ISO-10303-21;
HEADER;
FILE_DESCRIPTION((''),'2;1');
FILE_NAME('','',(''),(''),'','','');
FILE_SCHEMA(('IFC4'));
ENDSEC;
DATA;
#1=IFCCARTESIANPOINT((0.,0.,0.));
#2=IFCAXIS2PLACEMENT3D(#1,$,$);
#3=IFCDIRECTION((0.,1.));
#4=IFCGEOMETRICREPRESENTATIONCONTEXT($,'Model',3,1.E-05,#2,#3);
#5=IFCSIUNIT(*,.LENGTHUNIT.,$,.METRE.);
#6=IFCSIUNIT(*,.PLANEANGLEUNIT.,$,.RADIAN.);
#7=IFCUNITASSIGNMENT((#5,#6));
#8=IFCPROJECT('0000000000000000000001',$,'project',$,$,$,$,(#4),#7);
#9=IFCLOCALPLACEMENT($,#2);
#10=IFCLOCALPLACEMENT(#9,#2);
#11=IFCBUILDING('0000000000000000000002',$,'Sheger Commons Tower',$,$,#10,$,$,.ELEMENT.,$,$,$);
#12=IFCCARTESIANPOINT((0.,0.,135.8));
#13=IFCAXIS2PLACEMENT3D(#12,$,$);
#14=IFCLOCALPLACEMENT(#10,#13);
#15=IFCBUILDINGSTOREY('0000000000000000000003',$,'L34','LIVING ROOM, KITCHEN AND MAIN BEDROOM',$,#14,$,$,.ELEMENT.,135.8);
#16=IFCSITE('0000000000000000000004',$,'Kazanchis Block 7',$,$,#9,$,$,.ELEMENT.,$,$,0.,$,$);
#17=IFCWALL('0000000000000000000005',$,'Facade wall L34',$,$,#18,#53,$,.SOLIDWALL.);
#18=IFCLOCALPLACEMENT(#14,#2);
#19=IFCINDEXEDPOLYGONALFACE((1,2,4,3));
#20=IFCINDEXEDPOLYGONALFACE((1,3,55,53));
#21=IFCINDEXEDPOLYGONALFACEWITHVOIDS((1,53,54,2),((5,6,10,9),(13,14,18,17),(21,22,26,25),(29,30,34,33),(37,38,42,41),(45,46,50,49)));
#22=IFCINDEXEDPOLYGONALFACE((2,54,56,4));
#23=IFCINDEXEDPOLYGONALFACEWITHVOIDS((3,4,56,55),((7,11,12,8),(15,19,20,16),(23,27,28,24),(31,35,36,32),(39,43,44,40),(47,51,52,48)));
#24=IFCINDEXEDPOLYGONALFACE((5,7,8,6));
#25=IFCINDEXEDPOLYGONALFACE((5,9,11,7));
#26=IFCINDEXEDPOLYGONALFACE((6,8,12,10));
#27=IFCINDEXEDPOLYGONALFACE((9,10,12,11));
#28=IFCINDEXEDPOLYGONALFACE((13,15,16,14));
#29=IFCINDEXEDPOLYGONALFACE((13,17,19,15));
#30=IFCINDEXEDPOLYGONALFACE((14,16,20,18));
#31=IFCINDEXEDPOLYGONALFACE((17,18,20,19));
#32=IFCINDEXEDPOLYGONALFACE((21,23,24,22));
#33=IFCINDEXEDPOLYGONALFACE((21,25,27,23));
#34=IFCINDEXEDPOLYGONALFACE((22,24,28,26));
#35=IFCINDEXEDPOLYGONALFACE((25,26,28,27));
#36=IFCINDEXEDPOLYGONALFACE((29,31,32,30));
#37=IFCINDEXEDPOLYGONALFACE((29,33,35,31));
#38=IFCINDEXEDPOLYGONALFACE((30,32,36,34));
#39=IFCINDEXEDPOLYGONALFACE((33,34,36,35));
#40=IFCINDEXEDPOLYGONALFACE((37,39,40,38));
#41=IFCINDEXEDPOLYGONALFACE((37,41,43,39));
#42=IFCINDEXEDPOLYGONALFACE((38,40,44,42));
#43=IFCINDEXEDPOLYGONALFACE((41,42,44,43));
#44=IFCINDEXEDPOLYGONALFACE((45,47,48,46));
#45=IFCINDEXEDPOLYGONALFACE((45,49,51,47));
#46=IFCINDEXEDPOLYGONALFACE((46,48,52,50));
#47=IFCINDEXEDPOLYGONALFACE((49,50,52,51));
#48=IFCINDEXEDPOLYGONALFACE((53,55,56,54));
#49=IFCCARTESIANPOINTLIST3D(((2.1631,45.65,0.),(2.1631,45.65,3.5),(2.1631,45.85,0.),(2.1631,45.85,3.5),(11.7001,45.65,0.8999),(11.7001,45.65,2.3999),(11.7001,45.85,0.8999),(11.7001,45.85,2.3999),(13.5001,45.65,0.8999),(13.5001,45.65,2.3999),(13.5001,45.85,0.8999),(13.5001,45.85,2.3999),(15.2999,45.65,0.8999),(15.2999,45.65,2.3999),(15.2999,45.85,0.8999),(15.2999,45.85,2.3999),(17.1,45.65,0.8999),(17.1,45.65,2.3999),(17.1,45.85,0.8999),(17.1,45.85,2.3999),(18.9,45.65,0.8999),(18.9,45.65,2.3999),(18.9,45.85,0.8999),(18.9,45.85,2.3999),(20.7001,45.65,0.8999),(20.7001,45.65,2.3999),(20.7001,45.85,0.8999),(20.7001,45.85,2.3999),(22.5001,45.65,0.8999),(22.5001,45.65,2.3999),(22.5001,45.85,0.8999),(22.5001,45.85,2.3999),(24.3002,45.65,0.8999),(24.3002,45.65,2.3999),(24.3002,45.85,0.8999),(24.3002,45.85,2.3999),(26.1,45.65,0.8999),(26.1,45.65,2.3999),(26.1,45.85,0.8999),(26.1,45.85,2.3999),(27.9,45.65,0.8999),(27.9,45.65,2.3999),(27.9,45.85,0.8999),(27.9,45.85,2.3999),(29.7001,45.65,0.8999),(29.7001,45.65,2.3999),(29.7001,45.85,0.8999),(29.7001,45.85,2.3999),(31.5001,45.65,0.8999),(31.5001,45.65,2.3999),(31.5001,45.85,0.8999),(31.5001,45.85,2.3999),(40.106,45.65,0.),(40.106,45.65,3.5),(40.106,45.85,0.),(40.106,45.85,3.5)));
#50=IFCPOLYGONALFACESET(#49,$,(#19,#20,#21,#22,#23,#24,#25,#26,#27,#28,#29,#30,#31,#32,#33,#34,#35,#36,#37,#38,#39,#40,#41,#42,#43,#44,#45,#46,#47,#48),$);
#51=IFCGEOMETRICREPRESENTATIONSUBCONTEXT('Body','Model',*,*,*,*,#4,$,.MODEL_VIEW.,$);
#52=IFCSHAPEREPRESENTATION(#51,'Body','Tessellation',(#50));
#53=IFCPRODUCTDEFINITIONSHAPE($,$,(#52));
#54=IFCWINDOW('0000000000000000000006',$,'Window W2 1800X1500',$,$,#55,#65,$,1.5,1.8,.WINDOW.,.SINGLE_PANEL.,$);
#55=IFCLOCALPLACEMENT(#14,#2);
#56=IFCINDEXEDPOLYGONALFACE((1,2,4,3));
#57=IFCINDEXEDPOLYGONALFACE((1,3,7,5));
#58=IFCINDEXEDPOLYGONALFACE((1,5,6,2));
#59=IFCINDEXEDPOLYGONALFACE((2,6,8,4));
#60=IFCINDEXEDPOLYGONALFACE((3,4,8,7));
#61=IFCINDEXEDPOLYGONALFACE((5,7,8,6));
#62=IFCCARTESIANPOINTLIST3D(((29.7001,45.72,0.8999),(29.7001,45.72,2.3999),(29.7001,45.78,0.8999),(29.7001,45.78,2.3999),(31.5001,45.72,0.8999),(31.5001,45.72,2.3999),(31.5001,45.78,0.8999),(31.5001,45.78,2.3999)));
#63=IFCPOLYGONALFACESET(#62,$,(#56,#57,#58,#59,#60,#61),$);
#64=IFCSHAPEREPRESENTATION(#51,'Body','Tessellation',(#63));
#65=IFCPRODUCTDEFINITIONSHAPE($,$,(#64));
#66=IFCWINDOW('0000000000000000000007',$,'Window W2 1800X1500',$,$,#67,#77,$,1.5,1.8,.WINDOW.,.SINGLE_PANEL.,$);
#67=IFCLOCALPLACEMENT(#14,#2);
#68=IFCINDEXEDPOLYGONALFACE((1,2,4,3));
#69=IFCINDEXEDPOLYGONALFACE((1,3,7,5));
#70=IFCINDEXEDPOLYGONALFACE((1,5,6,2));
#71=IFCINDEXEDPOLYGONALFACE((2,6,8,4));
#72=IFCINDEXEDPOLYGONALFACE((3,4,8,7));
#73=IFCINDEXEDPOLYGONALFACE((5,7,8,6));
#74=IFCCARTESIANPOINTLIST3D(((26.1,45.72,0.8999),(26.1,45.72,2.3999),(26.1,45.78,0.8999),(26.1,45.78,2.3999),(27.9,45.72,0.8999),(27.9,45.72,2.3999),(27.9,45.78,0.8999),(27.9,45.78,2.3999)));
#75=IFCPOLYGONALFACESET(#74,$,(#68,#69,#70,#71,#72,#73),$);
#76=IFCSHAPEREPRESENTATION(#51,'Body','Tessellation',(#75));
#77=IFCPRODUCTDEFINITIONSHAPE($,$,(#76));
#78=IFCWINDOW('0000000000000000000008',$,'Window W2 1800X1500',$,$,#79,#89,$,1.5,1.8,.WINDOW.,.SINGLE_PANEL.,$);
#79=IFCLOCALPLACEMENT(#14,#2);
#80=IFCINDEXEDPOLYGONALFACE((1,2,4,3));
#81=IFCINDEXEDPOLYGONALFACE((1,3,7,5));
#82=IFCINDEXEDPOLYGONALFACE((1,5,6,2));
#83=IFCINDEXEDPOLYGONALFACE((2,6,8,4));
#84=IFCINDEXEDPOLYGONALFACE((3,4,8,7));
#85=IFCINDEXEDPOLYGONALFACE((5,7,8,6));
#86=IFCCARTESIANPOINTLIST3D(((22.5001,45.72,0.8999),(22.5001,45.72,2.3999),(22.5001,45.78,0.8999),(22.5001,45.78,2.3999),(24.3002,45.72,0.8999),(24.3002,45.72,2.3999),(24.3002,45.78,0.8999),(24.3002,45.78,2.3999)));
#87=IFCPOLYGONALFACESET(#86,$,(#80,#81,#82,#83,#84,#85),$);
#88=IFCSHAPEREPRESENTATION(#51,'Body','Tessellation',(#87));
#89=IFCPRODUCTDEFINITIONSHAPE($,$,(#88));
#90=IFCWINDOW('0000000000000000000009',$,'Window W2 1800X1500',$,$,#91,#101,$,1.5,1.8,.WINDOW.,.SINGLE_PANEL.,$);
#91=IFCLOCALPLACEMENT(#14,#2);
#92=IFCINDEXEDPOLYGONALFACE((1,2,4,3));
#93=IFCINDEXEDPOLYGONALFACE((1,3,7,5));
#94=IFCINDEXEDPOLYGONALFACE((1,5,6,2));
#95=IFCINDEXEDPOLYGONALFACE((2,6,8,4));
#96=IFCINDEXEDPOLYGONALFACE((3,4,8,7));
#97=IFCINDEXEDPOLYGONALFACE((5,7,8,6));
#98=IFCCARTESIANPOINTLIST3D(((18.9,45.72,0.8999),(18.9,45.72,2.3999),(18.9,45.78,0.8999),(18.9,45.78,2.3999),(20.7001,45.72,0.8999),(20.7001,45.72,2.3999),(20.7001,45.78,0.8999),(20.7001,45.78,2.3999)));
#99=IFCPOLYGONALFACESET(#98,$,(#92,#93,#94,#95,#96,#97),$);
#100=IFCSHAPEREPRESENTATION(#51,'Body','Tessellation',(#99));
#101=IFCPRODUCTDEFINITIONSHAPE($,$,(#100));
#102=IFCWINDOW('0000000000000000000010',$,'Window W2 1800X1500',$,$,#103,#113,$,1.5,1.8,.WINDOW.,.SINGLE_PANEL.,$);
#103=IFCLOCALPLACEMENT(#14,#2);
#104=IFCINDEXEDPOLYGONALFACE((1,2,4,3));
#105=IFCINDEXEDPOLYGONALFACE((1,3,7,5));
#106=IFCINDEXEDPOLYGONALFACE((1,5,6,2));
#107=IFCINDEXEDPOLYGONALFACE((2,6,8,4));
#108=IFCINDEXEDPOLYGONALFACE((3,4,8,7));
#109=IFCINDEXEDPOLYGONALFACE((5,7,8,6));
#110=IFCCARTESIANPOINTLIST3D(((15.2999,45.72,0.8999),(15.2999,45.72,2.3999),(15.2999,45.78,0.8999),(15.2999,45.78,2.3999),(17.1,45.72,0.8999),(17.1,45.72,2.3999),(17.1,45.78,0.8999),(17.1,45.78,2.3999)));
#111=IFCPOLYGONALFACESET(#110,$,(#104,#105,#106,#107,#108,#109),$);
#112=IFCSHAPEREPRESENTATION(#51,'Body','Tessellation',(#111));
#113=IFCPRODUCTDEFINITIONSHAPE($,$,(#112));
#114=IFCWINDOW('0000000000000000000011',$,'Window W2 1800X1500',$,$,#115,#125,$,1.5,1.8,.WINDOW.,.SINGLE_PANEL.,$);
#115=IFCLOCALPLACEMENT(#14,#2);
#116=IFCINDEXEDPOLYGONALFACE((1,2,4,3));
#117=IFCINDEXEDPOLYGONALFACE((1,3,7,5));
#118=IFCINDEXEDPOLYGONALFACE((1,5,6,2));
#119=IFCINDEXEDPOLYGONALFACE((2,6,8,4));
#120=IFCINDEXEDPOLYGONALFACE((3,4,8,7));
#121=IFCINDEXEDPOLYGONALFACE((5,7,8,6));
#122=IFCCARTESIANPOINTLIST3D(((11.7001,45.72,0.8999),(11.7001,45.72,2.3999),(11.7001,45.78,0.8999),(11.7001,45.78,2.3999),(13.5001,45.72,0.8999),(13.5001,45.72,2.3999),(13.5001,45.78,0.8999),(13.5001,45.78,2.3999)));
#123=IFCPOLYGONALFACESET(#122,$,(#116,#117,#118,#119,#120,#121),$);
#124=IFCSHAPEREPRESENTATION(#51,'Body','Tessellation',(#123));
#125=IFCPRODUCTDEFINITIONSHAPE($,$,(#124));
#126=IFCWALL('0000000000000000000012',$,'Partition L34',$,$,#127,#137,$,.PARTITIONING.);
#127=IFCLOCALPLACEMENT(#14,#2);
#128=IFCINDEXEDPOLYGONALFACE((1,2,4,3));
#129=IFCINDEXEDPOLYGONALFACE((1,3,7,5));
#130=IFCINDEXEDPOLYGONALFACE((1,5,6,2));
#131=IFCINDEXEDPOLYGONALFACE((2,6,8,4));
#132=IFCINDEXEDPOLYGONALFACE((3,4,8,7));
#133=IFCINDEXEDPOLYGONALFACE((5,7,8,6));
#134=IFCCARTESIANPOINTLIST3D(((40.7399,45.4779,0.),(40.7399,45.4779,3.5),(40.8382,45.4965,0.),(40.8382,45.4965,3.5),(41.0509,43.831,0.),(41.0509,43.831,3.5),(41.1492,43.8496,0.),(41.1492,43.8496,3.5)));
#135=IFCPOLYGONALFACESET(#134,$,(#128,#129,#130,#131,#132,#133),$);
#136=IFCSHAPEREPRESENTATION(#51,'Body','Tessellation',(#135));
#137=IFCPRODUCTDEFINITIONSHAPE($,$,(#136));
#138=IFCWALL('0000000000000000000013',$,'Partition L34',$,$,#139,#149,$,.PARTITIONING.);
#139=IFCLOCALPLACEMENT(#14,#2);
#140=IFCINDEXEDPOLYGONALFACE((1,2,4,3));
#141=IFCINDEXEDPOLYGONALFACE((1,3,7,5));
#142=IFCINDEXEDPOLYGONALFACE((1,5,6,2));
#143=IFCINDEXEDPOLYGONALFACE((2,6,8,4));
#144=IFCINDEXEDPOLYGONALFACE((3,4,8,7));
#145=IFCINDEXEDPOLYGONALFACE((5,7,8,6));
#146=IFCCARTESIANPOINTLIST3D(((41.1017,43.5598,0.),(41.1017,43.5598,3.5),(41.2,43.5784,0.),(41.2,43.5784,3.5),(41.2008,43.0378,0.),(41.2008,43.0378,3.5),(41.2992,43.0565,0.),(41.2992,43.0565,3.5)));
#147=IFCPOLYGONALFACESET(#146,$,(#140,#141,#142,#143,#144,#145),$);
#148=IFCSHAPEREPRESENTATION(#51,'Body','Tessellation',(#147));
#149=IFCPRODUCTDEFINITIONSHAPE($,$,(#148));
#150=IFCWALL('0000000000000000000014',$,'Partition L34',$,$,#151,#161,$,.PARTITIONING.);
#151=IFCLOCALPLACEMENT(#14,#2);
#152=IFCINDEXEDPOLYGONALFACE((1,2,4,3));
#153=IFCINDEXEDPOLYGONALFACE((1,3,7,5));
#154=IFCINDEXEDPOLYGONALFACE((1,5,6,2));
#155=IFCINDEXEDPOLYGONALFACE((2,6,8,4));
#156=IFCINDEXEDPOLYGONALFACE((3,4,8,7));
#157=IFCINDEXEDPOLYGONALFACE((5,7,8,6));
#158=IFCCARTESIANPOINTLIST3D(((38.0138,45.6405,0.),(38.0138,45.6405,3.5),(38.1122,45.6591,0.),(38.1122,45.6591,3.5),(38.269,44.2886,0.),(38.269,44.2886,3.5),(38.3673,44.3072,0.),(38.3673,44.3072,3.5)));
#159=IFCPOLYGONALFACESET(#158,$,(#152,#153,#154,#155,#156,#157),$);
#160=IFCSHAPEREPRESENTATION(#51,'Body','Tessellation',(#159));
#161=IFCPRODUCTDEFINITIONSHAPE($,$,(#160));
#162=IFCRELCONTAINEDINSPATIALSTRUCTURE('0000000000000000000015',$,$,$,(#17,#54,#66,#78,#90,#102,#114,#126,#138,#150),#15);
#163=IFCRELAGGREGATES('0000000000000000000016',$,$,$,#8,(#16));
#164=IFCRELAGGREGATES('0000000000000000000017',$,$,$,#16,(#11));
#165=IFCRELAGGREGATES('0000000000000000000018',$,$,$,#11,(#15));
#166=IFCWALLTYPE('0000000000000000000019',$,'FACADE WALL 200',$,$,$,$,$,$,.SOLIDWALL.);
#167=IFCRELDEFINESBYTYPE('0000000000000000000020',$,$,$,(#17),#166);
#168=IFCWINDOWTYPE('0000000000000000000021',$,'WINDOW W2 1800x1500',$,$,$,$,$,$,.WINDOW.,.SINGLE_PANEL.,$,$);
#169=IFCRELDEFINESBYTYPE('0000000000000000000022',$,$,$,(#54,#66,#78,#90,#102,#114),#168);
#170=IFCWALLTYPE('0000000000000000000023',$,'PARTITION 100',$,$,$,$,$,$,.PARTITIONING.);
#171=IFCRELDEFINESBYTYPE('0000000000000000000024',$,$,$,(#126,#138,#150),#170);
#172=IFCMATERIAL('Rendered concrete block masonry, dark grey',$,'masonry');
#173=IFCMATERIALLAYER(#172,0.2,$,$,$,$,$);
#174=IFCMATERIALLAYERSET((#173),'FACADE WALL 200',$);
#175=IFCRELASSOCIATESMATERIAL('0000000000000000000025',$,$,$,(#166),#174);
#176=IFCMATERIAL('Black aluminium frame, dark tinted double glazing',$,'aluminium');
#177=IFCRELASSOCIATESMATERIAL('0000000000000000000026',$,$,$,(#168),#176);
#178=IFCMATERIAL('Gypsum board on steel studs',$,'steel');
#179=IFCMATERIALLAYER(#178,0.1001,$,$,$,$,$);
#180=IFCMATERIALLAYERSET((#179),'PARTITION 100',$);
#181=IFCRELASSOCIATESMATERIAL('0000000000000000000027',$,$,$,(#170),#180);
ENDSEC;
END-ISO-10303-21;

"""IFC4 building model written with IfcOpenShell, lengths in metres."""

from ifc_helpers import new_model, si_unit, direction, frame, frame_2d, origin, place, context, subcontext, project, spatial, rectangle, extrude, material, layer, layer_set, type_object, element, fill, save


model = new_model("IFC4")

# Units and contexts
model_context = context("Model", 3, precision=1e-05, world=origin(), true_north=direction((0.0, 1.0)))
body_context = subcontext(model_context, "Body", "Model", "MODEL_VIEW")
ifc_project = project(units=[si_unit("LENGTHUNIT", "METRE"), si_unit("PLANEANGLEUNIT", "RADIAN")], contexts=[model_context])

# Site, building, storey
site_placement = place(None, origin())
site = spatial("IfcSite", under=ifc_project, at=site_placement, Name="Kazanchis Block 7", CompositionType="ELEMENT", RefElevation=0.0)
building_placement = place(site_placement, origin())
building = spatial("IfcBuilding", under=site, at=building_placement, Name="Sheger Commons Tower", CompositionType="ELEMENT")
storey_placement = place(building_placement, frame((0.0, 0.0, 135.8)))
storey = spatial("IfcBuildingStorey", under=building, at=storey_placement, Name="L34", Description="LIVING ROOM, KITCHEN AND MAIN BEDROOM", CompositionType="ELEMENT", Elevation=135.8)

# Shared definitions
ifc_material_1 = material(Name="Rendered concrete block masonry, dark grey", Category="masonry")
ifc_layer_1 = layer(ifc_material_1, 0.2)
ifc_layer_set_1 = layer_set([ifc_layer_1], Name="FACADE WALL 200")
wall_type_1 = type_object("IfcWallType", Name="FACADE WALL 200", PredefinedType="SOLIDWALL", material=ifc_layer_set_1)

# Wall, openings, windows
wall_1_placement = place(storey_placement, frame((40.106, 45.75, 0.0), z_axis=(0.0, 0.0, 1.0), x_axis=(-1.0, 0.0, 0.0)))
wall_1 = element("IfcWall", 1, at=wall_1_placement, inside=storey, type_object=wall_type_1, Name="Facade wall L34", PredefinedType="SOLIDWALL", context=body_context, shape_type="SweptSolid", body=[
    extrude(rectangle(XDim=37.9429, YDim=0.2, at=frame_2d((18.9714, 0.0))), origin(), (0.0, 0.0, 1.0), 3.5),
])
opening_1_placement = place(wall_1_placement, frame((8.606, 0.0, 0.8999)))
opening_1 = element("IfcOpeningElement", 2, at=opening_1_placement, cuts=wall_1, PredefinedType="OPENING", context=body_context, shape_type="SweptSolid", body=[
    extrude(rectangle(XDim=1.8, YDim=1.5, at=frame_2d((0.8999, 0.75))), frame((0.0, 0.1099, 0.0), z_axis=(0.0, -1.0, 0.0), x_axis=(1.0, 0.0, 0.0)), (0.0, 0.0, 1.0), 0.22),
])
opening_2_placement = place(wall_1_placement, frame((12.2061, 0.0, 0.8999)))
opening_2 = element("IfcOpeningElement", 3, at=opening_2_placement, cuts=wall_1, PredefinedType="OPENING", context=body_context, shape_type="SweptSolid", body=[
    extrude(rectangle(XDim=1.8, YDim=1.5, at=frame_2d((0.8999, 0.75))), frame((0.0, 0.1099, 0.0), z_axis=(0.0, -1.0, 0.0), x_axis=(1.0, 0.0, 0.0)), (0.0, 0.0, 1.0), 0.22),
])
opening_3_placement = place(wall_1_placement, frame((15.8059, 0.0, 0.8999)))
opening_3 = element("IfcOpeningElement", 4, at=opening_3_placement, cuts=wall_1, PredefinedType="OPENING", context=body_context, shape_type="SweptSolid", body=[
    extrude(rectangle(XDim=1.8, YDim=1.5, at=frame_2d((0.8999, 0.75))), frame((0.0, 0.1099, 0.0), z_axis=(0.0, -1.0, 0.0), x_axis=(1.0, 0.0, 0.0)), (0.0, 0.0, 1.0), 0.22),
])
opening_4_placement = place(wall_1_placement, frame((19.406, 0.0, 0.8999)))
opening_4 = element("IfcOpeningElement", 5, at=opening_4_placement, cuts=wall_1, PredefinedType="OPENING", context=body_context, shape_type="SweptSolid", body=[
    extrude(rectangle(XDim=1.8, YDim=1.5, at=frame_2d((0.8999, 0.75))), frame((0.0, 0.1099, 0.0), z_axis=(0.0, -1.0, 0.0), x_axis=(1.0, 0.0, 0.0)), (0.0, 0.0, 1.0), 0.22),
])
opening_5_placement = place(wall_1_placement, frame((23.0061, 0.0, 0.8999)))
opening_5 = element("IfcOpeningElement", 6, at=opening_5_placement, cuts=wall_1, PredefinedType="OPENING", context=body_context, shape_type="SweptSolid", body=[
    extrude(rectangle(XDim=1.8, YDim=1.5, at=frame_2d((0.8999, 0.75))), frame((0.0, 0.1099, 0.0), z_axis=(0.0, -1.0, 0.0), x_axis=(1.0, 0.0, 0.0)), (0.0, 0.0, 1.0), 0.22),
])
opening_6_placement = place(wall_1_placement, frame((26.606, 0.0, 0.8999)))
opening_6 = element("IfcOpeningElement", 7, at=opening_6_placement, cuts=wall_1, PredefinedType="OPENING", context=body_context, shape_type="SweptSolid", body=[
    extrude(rectangle(XDim=1.8, YDim=1.5, at=frame_2d((0.8999, 0.75))), frame((0.0, 0.1099, 0.0), z_axis=(0.0, -1.0, 0.0), x_axis=(1.0, 0.0, 0.0)), (0.0, 0.0, 1.0), 0.22),
])
ifc_material_2 = material(Name="Black aluminium frame, dark tinted double glazing", Category="aluminium")
window_type = type_object("IfcWindowType", Name="WINDOW W2 1800x1500", PartitioningType="SINGLE_PANEL", PredefinedType="WINDOW", material=ifc_material_2)
window_1_placement = place(opening_1_placement, origin())
window_1 = element("IfcWindow", 8, at=window_1_placement, inside=storey, type_object=window_type, Name="Window W2 1800X1500", OverallHeight=1.5, OverallWidth=1.8, PartitioningType="SINGLE_PANEL", PredefinedType="WINDOW", context=body_context, shape_type="SweptSolid", body=[
    extrude(rectangle(XDim=1.8, YDim=1.5, at=frame_2d((0.8999, 0.75))), frame((0.0, 0.03, 0.0), z_axis=(0.0, -1.0, 0.0), x_axis=(1.0, 0.0, 0.0)), (0.0, 0.0, 1.0), 0.0601),
])
fill(opening_1, window_1)
window_2_placement = place(opening_2_placement, origin())
window_2 = element("IfcWindow", 9, at=window_2_placement, inside=storey, type_object=window_type, Name="Window W2 1800X1500", OverallHeight=1.5, OverallWidth=1.8, PartitioningType="SINGLE_PANEL", PredefinedType="WINDOW", context=body_context, shape_type="SweptSolid", body=[
    extrude(rectangle(XDim=1.8, YDim=1.5, at=frame_2d((0.8999, 0.75))), frame((0.0, 0.03, 0.0), z_axis=(0.0, -1.0, 0.0), x_axis=(1.0, 0.0, 0.0)), (0.0, 0.0, 1.0), 0.0601),
])
fill(opening_2, window_2)
window_3_placement = place(opening_3_placement, origin())
window_3 = element("IfcWindow", 10, at=window_3_placement, inside=storey, type_object=window_type, Name="Window W2 1800X1500", OverallHeight=1.5, OverallWidth=1.8, PartitioningType="SINGLE_PANEL", PredefinedType="WINDOW", context=body_context, shape_type="SweptSolid", body=[
    extrude(rectangle(XDim=1.8, YDim=1.5, at=frame_2d((0.8999, 0.75))), frame((0.0, 0.03, 0.0), z_axis=(0.0, -1.0, 0.0), x_axis=(1.0, 0.0, 0.0)), (0.0, 0.0, 1.0), 0.0601),
])
fill(opening_3, window_3)
window_4_placement = place(opening_4_placement, origin())
window_4 = element("IfcWindow", 11, at=window_4_placement, inside=storey, type_object=window_type, Name="Window W2 1800X1500", OverallHeight=1.5, OverallWidth=1.8, PartitioningType="SINGLE_PANEL", PredefinedType="WINDOW", context=body_context, shape_type="SweptSolid", body=[
    extrude(rectangle(XDim=1.8, YDim=1.5, at=frame_2d((0.8999, 0.75))), frame((0.0, 0.03, 0.0), z_axis=(0.0, -1.0, 0.0), x_axis=(1.0, 0.0, 0.0)), (0.0, 0.0, 1.0), 0.0601),
])
fill(opening_4, window_4)
window_5_placement = place(opening_5_placement, origin())
window_5 = element("IfcWindow", 12, at=window_5_placement, inside=storey, type_object=window_type, Name="Window W2 1800X1500", OverallHeight=1.5, OverallWidth=1.8, PartitioningType="SINGLE_PANEL", PredefinedType="WINDOW", context=body_context, shape_type="SweptSolid", body=[
    extrude(rectangle(XDim=1.8, YDim=1.5, at=frame_2d((0.8999, 0.75))), frame((0.0, 0.03, 0.0), z_axis=(0.0, -1.0, 0.0), x_axis=(1.0, 0.0, 0.0)), (0.0, 0.0, 1.0), 0.0601),
])
fill(opening_5, window_5)
window_6_placement = place(opening_6_placement, origin())
window_6 = element("IfcWindow", 13, at=window_6_placement, inside=storey, type_object=window_type, Name="Window W2 1800X1500", OverallHeight=1.5, OverallWidth=1.8, PartitioningType="SINGLE_PANEL", PredefinedType="WINDOW", context=body_context, shape_type="SweptSolid", body=[
    extrude(rectangle(XDim=1.8, YDim=1.5, at=frame_2d((0.8999, 0.75))), frame((0.0, 0.03, 0.0), z_axis=(0.0, -1.0, 0.0), x_axis=(1.0, 0.0, 0.0)), (0.0, 0.0, 1.0), 0.0601),
])
fill(opening_6, window_6)

# Walls
ifc_material_3 = material(Name="Gypsum board on steel studs", Category="steel")
ifc_layer_2 = layer(ifc_material_3, 0.1001)
ifc_layer_set_2 = layer_set([ifc_layer_2], Name="PARTITION 100")
wall_type_2 = type_object("IfcWallType", Name="PARTITION 100", PredefinedType="PARTITIONING", material=ifc_layer_set_2)
wall_2_placement = place(storey_placement, frame((40.7891, 45.4871, 0.0), z_axis=(0.0, 0.0, 1.0), x_axis=(0.185572, -0.982631, 0.0)))
element("IfcWall", 14, at=wall_2_placement, inside=storey, type_object=wall_type_2, Name="Partition L34", PredefinedType="PARTITIONING", context=body_context, shape_type="SweptSolid", body=[
    extrude(rectangle(XDim=1.676, YDim=0.1001, at=frame_2d((0.8379, 0.0))), origin(), (0.0, 0.0, 1.0), 3.5),
])
wall_3_placement = place(storey_placement, frame((41.1509, 43.5691, 0.0), z_axis=(0.0, 0.0, 1.0), x_axis=(0.186563, -0.982443, 0.0)))
element("IfcWall", 15, at=wall_3_placement, inside=storey, type_object=wall_type_2, Name="Partition L34", PredefinedType="PARTITIONING", context=body_context, shape_type="SweptSolid", body=[
    extrude(rectangle(XDim=0.5312, YDim=0.1001, at=frame_2d((0.2656, 0.0))), origin(), (0.0, 0.0, 1.0), 3.5),
])
wall_4_placement = place(storey_placement, frame((38.063, 45.6499, 0.0), z_axis=(0.0, 0.0, 1.0), x_axis=(0.185456, -0.982653, 0.0)))
element("IfcWall", 16, at=wall_4_placement, inside=storey, type_object=wall_type_2, Name="Partition L34", PredefinedType="PARTITIONING", context=body_context, shape_type="SweptSolid", body=[
    extrude(rectangle(XDim=1.3757, YDim=0.1001, at=frame_2d((0.688, 0.0))), origin(), (0.0, 0.0, 1.0), 3.5),
])

save(model, "model.ifc")
